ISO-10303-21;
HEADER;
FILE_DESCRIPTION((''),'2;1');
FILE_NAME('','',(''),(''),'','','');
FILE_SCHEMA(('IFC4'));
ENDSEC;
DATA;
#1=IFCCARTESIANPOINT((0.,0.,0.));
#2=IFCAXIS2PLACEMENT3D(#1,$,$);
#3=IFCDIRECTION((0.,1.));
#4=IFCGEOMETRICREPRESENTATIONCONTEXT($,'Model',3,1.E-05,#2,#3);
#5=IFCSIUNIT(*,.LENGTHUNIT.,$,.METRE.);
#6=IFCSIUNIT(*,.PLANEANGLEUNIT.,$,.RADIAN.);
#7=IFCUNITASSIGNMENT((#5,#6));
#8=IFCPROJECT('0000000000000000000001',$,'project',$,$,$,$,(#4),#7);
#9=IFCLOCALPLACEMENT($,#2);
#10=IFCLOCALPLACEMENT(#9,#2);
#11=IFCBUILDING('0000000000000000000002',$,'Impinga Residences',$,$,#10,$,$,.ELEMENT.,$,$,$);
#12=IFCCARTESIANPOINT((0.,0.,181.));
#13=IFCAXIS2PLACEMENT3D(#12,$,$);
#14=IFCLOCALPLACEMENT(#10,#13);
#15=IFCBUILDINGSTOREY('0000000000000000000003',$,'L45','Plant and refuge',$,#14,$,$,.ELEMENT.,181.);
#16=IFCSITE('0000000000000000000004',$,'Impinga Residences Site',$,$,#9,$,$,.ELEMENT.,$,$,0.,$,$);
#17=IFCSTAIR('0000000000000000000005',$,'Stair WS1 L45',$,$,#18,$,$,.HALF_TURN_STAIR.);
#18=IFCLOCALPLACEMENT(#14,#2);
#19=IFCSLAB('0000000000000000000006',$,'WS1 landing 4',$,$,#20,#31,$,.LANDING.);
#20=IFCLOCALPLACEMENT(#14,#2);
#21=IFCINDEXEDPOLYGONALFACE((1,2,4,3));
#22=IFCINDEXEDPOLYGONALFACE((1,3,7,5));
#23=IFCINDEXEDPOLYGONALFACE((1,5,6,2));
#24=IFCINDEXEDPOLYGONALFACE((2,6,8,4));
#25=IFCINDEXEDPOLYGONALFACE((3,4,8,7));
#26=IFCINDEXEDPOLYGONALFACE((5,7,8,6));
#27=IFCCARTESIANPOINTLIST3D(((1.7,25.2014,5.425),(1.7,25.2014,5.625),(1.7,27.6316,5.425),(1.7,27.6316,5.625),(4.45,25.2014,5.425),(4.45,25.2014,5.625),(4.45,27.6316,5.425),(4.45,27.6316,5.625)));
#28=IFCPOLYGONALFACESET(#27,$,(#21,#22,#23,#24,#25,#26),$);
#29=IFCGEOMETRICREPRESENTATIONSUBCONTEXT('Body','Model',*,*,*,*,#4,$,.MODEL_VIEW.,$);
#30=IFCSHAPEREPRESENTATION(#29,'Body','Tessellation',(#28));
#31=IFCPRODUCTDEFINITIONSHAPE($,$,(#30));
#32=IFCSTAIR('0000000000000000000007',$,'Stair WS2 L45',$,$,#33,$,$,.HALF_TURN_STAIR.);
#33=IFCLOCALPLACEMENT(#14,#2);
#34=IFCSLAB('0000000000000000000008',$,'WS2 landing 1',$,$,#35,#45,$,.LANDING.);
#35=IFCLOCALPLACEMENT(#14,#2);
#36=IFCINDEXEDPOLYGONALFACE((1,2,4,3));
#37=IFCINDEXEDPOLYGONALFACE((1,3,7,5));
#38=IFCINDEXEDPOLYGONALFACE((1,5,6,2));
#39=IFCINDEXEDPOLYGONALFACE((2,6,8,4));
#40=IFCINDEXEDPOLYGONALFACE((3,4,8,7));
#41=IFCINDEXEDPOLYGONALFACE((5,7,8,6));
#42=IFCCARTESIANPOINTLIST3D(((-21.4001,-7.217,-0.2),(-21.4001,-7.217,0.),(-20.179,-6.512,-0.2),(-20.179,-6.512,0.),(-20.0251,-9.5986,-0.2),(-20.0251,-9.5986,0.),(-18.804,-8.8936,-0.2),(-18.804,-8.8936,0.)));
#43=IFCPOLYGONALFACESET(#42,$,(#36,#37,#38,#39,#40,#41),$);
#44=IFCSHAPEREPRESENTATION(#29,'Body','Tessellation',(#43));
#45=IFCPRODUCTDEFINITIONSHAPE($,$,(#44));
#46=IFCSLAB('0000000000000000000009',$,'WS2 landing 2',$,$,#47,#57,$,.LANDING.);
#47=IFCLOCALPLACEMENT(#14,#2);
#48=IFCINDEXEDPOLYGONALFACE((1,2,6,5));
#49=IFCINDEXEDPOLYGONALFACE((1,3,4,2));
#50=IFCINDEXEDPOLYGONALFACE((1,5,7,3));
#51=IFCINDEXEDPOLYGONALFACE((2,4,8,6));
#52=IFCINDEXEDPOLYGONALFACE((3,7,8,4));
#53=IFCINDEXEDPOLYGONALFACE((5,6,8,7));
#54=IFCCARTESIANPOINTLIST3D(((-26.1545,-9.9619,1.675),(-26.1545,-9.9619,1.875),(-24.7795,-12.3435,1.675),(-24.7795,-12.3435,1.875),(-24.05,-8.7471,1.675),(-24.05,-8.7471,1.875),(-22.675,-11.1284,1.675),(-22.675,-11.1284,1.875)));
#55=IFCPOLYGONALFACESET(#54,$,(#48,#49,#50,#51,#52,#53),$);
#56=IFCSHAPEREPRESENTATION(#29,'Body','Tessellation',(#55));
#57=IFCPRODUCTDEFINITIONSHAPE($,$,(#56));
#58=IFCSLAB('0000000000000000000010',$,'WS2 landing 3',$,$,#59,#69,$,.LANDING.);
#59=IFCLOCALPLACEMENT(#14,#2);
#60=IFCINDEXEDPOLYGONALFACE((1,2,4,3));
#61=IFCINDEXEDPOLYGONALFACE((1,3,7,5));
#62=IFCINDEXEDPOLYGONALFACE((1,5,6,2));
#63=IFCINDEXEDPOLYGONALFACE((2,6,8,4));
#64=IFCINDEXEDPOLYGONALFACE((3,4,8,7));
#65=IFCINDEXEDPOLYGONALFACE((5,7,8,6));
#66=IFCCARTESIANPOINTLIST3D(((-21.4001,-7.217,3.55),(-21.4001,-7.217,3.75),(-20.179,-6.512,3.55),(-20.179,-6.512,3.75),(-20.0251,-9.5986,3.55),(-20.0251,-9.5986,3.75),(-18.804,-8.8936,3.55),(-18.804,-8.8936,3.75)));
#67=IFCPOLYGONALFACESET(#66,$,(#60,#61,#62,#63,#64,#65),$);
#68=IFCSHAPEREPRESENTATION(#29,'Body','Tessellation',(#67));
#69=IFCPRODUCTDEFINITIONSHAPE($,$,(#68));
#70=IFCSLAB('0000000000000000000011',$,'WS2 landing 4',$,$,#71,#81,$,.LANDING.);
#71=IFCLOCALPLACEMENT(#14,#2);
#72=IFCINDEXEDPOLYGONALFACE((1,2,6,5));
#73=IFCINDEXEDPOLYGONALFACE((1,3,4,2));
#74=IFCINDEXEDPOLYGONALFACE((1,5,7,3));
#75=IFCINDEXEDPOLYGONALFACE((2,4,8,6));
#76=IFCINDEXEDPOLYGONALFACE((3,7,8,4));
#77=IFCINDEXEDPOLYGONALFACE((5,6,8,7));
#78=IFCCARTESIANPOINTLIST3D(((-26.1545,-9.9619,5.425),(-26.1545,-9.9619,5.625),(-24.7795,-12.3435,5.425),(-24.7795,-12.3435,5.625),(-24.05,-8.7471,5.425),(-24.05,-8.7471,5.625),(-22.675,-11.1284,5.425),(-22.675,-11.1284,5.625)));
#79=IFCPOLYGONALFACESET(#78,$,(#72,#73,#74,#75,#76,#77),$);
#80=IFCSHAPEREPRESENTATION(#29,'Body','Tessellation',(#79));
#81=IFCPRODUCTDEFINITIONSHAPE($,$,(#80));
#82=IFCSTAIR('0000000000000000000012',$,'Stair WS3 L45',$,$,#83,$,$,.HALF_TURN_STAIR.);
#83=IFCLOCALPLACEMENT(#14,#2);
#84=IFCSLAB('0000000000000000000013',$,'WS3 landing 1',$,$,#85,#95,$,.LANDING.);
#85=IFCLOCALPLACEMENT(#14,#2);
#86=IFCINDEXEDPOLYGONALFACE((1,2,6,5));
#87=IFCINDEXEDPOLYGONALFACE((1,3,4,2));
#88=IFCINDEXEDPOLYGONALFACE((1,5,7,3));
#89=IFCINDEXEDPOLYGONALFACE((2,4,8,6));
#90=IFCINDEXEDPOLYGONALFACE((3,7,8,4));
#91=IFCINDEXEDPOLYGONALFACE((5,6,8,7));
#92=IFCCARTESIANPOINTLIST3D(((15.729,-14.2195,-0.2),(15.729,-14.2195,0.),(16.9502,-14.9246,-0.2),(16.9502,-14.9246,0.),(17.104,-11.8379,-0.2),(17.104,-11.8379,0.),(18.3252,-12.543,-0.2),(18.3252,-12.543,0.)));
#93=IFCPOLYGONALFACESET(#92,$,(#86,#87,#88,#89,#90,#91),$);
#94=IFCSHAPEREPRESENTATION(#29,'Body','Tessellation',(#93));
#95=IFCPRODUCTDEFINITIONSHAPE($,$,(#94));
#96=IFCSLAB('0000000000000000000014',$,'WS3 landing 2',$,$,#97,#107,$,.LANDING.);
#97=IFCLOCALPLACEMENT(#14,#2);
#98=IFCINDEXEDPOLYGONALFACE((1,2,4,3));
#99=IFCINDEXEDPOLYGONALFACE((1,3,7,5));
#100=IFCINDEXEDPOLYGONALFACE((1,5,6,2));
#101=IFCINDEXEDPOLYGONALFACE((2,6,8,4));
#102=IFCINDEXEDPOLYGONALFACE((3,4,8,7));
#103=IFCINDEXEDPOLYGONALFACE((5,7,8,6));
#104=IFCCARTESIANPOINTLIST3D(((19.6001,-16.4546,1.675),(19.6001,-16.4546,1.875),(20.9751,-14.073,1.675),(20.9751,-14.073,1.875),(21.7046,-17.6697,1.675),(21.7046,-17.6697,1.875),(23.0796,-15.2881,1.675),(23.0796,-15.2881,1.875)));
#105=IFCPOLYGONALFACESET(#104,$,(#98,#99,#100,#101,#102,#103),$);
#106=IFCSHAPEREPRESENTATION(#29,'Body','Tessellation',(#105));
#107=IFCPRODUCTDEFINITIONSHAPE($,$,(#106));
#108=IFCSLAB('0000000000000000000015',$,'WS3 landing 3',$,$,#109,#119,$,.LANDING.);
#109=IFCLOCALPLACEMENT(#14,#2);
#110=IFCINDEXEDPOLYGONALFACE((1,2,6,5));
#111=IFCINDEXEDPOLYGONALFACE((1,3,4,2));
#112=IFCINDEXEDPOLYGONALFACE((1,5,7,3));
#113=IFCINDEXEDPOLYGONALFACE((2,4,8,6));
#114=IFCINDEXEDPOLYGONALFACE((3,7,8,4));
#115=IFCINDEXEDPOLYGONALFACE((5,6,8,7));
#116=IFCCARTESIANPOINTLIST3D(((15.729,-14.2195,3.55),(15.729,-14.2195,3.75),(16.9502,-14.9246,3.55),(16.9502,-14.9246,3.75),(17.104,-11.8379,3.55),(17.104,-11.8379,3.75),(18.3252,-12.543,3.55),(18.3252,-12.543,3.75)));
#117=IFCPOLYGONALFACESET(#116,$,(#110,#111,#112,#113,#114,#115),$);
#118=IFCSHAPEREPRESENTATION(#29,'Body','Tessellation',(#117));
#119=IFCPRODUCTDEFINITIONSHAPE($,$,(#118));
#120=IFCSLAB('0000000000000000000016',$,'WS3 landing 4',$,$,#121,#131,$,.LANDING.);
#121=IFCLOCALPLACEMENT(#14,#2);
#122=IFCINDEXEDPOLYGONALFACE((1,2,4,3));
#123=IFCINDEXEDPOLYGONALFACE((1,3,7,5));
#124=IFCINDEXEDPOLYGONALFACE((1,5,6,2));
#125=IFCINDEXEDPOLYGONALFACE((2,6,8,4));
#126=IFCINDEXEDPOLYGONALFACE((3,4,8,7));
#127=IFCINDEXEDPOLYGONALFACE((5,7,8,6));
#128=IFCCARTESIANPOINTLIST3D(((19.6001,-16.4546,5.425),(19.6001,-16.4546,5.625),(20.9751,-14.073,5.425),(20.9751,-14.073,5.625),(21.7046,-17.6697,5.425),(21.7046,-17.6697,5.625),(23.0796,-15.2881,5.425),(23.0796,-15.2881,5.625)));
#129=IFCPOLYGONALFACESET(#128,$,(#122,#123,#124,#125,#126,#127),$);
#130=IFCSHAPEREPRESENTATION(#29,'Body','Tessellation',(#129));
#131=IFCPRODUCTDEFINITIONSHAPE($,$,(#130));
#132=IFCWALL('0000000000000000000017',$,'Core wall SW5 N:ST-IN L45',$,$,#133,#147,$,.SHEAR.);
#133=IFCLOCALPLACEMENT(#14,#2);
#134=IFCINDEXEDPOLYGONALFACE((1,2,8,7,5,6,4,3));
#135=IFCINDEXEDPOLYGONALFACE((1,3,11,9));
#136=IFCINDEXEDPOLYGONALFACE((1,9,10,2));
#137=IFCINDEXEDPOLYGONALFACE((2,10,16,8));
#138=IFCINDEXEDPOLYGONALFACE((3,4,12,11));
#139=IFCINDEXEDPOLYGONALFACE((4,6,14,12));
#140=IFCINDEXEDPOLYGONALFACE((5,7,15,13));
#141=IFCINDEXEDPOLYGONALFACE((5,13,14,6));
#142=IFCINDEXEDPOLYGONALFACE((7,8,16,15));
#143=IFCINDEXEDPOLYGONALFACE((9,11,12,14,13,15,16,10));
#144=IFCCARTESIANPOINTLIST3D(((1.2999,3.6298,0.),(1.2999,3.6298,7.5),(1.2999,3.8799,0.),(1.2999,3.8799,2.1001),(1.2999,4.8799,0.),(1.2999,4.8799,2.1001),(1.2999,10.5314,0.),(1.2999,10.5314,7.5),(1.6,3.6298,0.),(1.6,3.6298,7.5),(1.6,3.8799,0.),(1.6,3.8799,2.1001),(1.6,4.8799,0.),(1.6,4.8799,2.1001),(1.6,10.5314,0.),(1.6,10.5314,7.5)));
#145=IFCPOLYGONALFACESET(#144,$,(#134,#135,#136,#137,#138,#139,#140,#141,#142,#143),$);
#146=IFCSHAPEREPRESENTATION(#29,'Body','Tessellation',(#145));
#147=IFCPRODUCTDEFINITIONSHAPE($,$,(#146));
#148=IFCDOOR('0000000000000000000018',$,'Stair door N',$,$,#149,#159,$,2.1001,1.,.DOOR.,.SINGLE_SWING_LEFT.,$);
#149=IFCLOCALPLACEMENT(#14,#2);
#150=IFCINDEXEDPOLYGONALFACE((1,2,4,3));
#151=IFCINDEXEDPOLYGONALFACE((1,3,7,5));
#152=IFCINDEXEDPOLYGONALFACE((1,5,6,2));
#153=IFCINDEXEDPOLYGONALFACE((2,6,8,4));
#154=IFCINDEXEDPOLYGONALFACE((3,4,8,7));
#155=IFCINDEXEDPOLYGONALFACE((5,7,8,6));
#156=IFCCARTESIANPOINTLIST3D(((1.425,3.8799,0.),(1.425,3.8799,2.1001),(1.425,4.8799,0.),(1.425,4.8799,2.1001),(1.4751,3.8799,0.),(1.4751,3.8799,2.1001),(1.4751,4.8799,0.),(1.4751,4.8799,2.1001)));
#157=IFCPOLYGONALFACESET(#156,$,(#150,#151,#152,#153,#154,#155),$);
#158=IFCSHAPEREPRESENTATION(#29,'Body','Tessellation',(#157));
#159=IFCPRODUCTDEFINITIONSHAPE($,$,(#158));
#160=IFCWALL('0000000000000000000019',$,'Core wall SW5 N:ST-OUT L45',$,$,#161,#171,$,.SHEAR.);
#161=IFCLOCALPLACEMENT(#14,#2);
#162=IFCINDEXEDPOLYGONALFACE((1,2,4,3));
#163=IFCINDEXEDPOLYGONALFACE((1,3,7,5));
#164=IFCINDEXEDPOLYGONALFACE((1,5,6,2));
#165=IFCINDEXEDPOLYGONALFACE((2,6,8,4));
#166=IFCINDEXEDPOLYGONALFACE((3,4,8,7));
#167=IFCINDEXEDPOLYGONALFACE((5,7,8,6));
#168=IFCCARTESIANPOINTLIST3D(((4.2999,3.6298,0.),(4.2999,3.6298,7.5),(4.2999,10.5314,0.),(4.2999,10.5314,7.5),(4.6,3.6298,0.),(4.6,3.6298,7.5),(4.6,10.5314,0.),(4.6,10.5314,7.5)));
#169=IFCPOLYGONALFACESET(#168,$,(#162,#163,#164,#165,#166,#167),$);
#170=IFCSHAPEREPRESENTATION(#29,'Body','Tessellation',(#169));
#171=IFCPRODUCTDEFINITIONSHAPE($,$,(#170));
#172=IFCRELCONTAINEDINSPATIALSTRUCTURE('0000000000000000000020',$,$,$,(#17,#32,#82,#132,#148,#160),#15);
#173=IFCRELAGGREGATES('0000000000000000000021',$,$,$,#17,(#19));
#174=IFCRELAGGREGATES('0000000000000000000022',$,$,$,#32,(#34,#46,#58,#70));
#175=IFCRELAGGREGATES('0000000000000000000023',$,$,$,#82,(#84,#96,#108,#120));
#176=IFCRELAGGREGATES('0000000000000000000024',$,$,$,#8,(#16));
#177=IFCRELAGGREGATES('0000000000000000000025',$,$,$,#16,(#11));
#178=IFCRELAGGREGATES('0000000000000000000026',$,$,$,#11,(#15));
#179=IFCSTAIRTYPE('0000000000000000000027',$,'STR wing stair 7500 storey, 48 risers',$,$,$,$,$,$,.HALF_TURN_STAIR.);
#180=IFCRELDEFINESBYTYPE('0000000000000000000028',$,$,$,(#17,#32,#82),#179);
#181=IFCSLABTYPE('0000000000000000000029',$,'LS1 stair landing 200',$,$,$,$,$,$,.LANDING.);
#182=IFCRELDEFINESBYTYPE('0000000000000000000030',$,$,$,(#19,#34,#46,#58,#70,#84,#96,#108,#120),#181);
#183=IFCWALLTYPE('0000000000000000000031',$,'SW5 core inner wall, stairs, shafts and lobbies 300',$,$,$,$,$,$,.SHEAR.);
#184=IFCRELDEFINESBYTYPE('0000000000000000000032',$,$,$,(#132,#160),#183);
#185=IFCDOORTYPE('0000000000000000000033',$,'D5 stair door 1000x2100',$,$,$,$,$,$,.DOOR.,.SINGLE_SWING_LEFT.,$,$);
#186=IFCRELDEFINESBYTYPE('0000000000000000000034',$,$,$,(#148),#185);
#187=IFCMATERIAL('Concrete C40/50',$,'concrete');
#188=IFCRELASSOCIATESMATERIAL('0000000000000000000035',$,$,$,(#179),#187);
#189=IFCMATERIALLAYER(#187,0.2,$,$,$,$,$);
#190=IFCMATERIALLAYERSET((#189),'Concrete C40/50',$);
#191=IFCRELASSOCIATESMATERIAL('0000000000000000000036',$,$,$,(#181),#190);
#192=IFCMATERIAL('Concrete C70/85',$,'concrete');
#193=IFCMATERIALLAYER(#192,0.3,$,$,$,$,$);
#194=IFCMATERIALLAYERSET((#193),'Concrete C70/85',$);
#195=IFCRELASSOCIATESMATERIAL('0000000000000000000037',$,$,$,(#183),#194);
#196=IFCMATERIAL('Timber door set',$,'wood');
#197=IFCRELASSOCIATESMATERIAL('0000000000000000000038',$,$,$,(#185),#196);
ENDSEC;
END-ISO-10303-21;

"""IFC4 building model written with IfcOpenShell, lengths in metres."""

from ifc_helpers import new_model, si_unit, direction, frame, frame_2d, origin, place, context, subcontext, project, spatial, polyline, rectangle, outline, extrude, material, layer, layer_set, type_object, element, fill, aggregate, save


model = new_model("IFC4")

# Units and contexts
model_context = context("Model", 3, precision=1e-05, world=origin(), true_north=direction((0.0, 1.0)))
body_context = subcontext(model_context, "Body", "Model", "MODEL_VIEW")
ifc_project = project(units=[si_unit("LENGTHUNIT", "METRE"), si_unit("PLANEANGLEUNIT", "RADIAN")], contexts=[model_context])

# Site, building, storey
site_placement = place(None, origin())
site = spatial("IfcSite", under=ifc_project, at=site_placement, Name="Impinga Residences Site", CompositionType="ELEMENT", RefElevation=0.0)
building_placement = place(site_placement, origin())
building = spatial("IfcBuilding", under=site, at=building_placement, Name="Impinga Residences", CompositionType="ELEMENT")
storey_placement = place(building_placement, frame((0.0, 0.0, 181.0)))
storey = spatial("IfcBuildingStorey", under=building, at=storey_placement, Name="L45", Description="Plant and refuge", CompositionType="ELEMENT", Elevation=181.0)

# Stair, slab
ifc_material_1 = material(Name="Concrete C40/50", Category="concrete")
stair_type_1 = type_object("IfcStairType", Name="STR wing stair 7500 storey, 48 risers", PredefinedType="HALF_TURN_STAIR", material=ifc_material_1)
stair_1_placement = place(storey_placement, origin())
stair_1 = element("IfcStair", 1, at=stair_1_placement, inside=storey, type_object=stair_type_1, Name="Stair WS1 L45", PredefinedType="HALF_TURN_STAIR")
ifc_layer_1 = layer(ifc_material_1, 0.2)
ifc_layer_set_1 = layer_set([ifc_layer_1], Name="Concrete C40/50")
slab_type = type_object("IfcSlabType", Name="LS1 stair landing 200", PredefinedType="LANDING", material=ifc_layer_set_1)
slab_1_placement = place(storey_placement, frame((0.0, 0.0, 5.425)))
slab_1 = element("IfcSlab", 2, at=slab_1_placement, type_object=slab_type, Name="WS1 landing 4", PredefinedType="LANDING", context=body_context, shape_type="SweptSolid", body=[
    extrude(outline(polyline([(1.7, 25.2014), (4.45, 25.2014), (4.45, 27.6316), (1.7, 27.6316), (1.7, 25.2014)])), origin(), (0.0, 0.0, 1.0), 0.2),
])
aggregate(stair_1, [slab_1])

# Stairs, slabs
stair_2_placement = place(storey_placement, origin())
stair_2 = element("IfcStair", 3, at=stair_2_placement, inside=storey, type_object=stair_type_1, Name="Stair WS2 L45", PredefinedType="HALF_TURN_STAIR")
slab_2_placement = place(storey_placement, frame((0.0, 0.0, -0.2)))
slab_2 = element("IfcSlab", 4, at=slab_2_placement, type_object=slab_type, Name="WS2 landing 1", PredefinedType="LANDING", context=body_context, shape_type="SweptSolid", body=[
    extrude(outline(polyline([(-18.804, -8.8936), (-20.179, -6.512), (-21.4001, -7.217), (-20.0251, -9.5986), (-18.804, -8.8936)])), origin(), (0.0, 0.0, 1.0), 0.2),
])
slab_3_placement = place(storey_placement, frame((0.0, 0.0, 1.675)))
slab_3 = element("IfcSlab", 5, at=slab_3_placement, type_object=slab_type, Name="WS2 landing 2", PredefinedType="LANDING", context=body_context, shape_type="SweptSolid", body=[
    extrude(outline(polyline([(-22.675, -11.1284), (-24.05, -8.7471), (-26.1545, -9.9619), (-24.7795, -12.3435), (-22.675, -11.1284)])), origin(), (0.0, 0.0, 1.0), 0.2),
])
slab_4_placement = place(storey_placement, frame((0.0, 0.0, 3.55)))
slab_4 = element("IfcSlab", 6, at=slab_4_placement, type_object=slab_type, Name="WS2 landing 3", PredefinedType="LANDING", context=body_context, shape_type="SweptSolid", body=[
    extrude(outline(polyline([(-18.804, -8.8936), (-20.179, -6.512), (-21.4001, -7.217), (-20.0251, -9.5986), (-18.804, -8.8936)])), origin(), (0.0, 0.0, 1.0), 0.2),
])
slab_5_placement = place(storey_placement, frame((0.0, 0.0, 5.425)))
slab_5 = element("IfcSlab", 7, at=slab_5_placement, type_object=slab_type, Name="WS2 landing 4", PredefinedType="LANDING", context=body_context, shape_type="SweptSolid", body=[
    extrude(outline(polyline([(-22.675, -11.1284), (-24.05, -8.7471), (-26.1545, -9.9619), (-24.7795, -12.3435), (-22.675, -11.1284)])), origin(), (0.0, 0.0, 1.0), 0.2),
])
aggregate(stair_2, [slab_2, slab_3, slab_4, slab_5])
stair_3_placement = place(storey_placement, origin())
stair_3 = element("IfcStair", 8, at=stair_3_placement, inside=storey, type_object=stair_type_1, Name="Stair WS3 L45", PredefinedType="HALF_TURN_STAIR")
slab_6_placement = place(storey_placement, frame((0.0, 0.0, -0.2)))
slab_6 = element("IfcSlab", 9, at=slab_6_placement, type_object=slab_type, Name="WS3 landing 1", PredefinedType="LANDING", context=body_context, shape_type="SweptSolid", body=[
    extrude(outline(polyline([(17.104, -11.8379), (15.729, -14.2195), (16.9502, -14.9246), (18.3252, -12.543), (17.104, -11.8379)])), origin(), (0.0, 0.0, 1.0), 0.2),
])
slab_7_placement = place(storey_placement, frame((0.0, 0.0, 1.675)))
slab_7 = element("IfcSlab", 10, at=slab_7_placement, type_object=slab_type, Name="WS3 landing 2", PredefinedType="LANDING", context=body_context, shape_type="SweptSolid", body=[
    extrude(outline(polyline([(20.9751, -14.073), (19.6001, -16.4546), (21.7046, -17.6697), (23.0796, -15.2881), (20.9751, -14.073)])), origin(), (0.0, 0.0, 1.0), 0.2),
])
slab_8_placement = place(storey_placement, frame((0.0, 0.0, 3.55)))
slab_8 = element("IfcSlab", 11, at=slab_8_placement, type_object=slab_type, Name="WS3 landing 3", PredefinedType="LANDING", context=body_context, shape_type="SweptSolid", body=[
    extrude(outline(polyline([(17.104, -11.8379), (15.729, -14.2195), (16.9502, -14.9246), (18.3252, -12.543), (17.104, -11.8379)])), origin(), (0.0, 0.0, 1.0), 0.2),
])
slab_9_placement = place(storey_placement, frame((0.0, 0.0, 5.425)))
slab_9 = element("IfcSlab", 12, at=slab_9_placement, type_object=slab_type, Name="WS3 landing 4", PredefinedType="LANDING", context=body_context, shape_type="SweptSolid", body=[
    extrude(outline(polyline([(20.9751, -14.073), (19.6001, -16.4546), (21.7046, -17.6697), (23.0796, -15.2881), (20.9751, -14.073)])), origin(), (0.0, 0.0, 1.0), 0.2),
])
aggregate(stair_3, [slab_6, slab_7, slab_8, slab_9])

# Wall, opening, door
ifc_material_2 = material(Name="Concrete C70/85", Category="concrete")
ifc_layer_2 = layer(ifc_material_2, 0.3)
ifc_layer_set_2 = layer_set([ifc_layer_2], Name="Concrete C70/85")
wall_type_1 = type_object("IfcWallType", Name="SW5 core inner wall, stairs, shafts and lobbies 300", PredefinedType="SHEAR", material=ifc_layer_set_2)
wall_1_placement = place(storey_placement, frame((1.45, 3.6299, 0.0), z_axis=(0.0, 0.0, 1.0), x_axis=(0.0, 1.0, 0.0)))
wall_1 = element("IfcWall", 13, at=wall_1_placement, inside=storey, type_object=wall_type_1, Name="Core wall SW5 N:ST-IN L45", PredefinedType="SHEAR", context=body_context, shape_type="SweptSolid", body=[
    extrude(rectangle(XDim=6.9016, YDim=0.3, at=frame_2d((3.4507, 0.0))), origin(), (0.0, 0.0, 1.0), 7.5),
])
opening_1_placement = place(wall_1_placement, frame((0.25, 0.0, 0.0)))
opening_1 = element("IfcOpeningElement", 14, at=opening_1_placement, cuts=wall_1, PredefinedType="OPENING", context=body_context, shape_type="SweptSolid", body=[
    extrude(rectangle(XDim=1.0, YDim=2.1001, at=frame_2d((0.5, 1.05))), frame((0.0, 0.1599, 0.0), z_axis=(0.0, -1.0, 0.0), x_axis=(1.0, 0.0, 0.0)), (0.0, 0.0, 1.0), 0.3201),
])
ifc_material_3 = material(Name="Timber door set", Category="wood")
door_type_1 = type_object("IfcDoorType", Name="D5 stair door 1000x2100", OperationType="SINGLE_SWING_LEFT", PredefinedType="DOOR", material=ifc_material_3)
door_1_placement = place(opening_1_placement, origin())
door_1 = element("IfcDoor", 15, at=door_1_placement, inside=storey, type_object=door_type_1, Name="Stair door N", OperationType="SINGLE_SWING_LEFT", OverallHeight=2.1001, OverallWidth=1.0, PredefinedType="DOOR", context=body_context, shape_type="SweptSolid", body=[
    extrude(rectangle(XDim=1.0, YDim=2.1001, at=frame_2d((0.5, 1.05))), frame((0.0, 0.0249, 0.0), z_axis=(0.0, -1.0, 0.0), x_axis=(1.0, 0.0, 0.0)), (0.0, 0.0, 1.0), 0.05),
])
fill(opening_1, door_1)

# Wall
wall_2_placement = place(storey_placement, frame((4.45, 3.6299, 0.0), z_axis=(0.0, 0.0, 1.0), x_axis=(0.0, 1.0, 0.0)))
element("IfcWall", 16, at=wall_2_placement, inside=storey, type_object=wall_type_1, Name="Core wall SW5 N:ST-OUT L45", PredefinedType="SHEAR", context=body_context, shape_type="SweptSolid", body=[
    extrude(rectangle(XDim=6.9016, YDim=0.3, at=frame_2d((3.4507, 0.0))), origin(), (0.0, 0.0, 1.0), 7.5),
])

save(model, "model.ifc")
